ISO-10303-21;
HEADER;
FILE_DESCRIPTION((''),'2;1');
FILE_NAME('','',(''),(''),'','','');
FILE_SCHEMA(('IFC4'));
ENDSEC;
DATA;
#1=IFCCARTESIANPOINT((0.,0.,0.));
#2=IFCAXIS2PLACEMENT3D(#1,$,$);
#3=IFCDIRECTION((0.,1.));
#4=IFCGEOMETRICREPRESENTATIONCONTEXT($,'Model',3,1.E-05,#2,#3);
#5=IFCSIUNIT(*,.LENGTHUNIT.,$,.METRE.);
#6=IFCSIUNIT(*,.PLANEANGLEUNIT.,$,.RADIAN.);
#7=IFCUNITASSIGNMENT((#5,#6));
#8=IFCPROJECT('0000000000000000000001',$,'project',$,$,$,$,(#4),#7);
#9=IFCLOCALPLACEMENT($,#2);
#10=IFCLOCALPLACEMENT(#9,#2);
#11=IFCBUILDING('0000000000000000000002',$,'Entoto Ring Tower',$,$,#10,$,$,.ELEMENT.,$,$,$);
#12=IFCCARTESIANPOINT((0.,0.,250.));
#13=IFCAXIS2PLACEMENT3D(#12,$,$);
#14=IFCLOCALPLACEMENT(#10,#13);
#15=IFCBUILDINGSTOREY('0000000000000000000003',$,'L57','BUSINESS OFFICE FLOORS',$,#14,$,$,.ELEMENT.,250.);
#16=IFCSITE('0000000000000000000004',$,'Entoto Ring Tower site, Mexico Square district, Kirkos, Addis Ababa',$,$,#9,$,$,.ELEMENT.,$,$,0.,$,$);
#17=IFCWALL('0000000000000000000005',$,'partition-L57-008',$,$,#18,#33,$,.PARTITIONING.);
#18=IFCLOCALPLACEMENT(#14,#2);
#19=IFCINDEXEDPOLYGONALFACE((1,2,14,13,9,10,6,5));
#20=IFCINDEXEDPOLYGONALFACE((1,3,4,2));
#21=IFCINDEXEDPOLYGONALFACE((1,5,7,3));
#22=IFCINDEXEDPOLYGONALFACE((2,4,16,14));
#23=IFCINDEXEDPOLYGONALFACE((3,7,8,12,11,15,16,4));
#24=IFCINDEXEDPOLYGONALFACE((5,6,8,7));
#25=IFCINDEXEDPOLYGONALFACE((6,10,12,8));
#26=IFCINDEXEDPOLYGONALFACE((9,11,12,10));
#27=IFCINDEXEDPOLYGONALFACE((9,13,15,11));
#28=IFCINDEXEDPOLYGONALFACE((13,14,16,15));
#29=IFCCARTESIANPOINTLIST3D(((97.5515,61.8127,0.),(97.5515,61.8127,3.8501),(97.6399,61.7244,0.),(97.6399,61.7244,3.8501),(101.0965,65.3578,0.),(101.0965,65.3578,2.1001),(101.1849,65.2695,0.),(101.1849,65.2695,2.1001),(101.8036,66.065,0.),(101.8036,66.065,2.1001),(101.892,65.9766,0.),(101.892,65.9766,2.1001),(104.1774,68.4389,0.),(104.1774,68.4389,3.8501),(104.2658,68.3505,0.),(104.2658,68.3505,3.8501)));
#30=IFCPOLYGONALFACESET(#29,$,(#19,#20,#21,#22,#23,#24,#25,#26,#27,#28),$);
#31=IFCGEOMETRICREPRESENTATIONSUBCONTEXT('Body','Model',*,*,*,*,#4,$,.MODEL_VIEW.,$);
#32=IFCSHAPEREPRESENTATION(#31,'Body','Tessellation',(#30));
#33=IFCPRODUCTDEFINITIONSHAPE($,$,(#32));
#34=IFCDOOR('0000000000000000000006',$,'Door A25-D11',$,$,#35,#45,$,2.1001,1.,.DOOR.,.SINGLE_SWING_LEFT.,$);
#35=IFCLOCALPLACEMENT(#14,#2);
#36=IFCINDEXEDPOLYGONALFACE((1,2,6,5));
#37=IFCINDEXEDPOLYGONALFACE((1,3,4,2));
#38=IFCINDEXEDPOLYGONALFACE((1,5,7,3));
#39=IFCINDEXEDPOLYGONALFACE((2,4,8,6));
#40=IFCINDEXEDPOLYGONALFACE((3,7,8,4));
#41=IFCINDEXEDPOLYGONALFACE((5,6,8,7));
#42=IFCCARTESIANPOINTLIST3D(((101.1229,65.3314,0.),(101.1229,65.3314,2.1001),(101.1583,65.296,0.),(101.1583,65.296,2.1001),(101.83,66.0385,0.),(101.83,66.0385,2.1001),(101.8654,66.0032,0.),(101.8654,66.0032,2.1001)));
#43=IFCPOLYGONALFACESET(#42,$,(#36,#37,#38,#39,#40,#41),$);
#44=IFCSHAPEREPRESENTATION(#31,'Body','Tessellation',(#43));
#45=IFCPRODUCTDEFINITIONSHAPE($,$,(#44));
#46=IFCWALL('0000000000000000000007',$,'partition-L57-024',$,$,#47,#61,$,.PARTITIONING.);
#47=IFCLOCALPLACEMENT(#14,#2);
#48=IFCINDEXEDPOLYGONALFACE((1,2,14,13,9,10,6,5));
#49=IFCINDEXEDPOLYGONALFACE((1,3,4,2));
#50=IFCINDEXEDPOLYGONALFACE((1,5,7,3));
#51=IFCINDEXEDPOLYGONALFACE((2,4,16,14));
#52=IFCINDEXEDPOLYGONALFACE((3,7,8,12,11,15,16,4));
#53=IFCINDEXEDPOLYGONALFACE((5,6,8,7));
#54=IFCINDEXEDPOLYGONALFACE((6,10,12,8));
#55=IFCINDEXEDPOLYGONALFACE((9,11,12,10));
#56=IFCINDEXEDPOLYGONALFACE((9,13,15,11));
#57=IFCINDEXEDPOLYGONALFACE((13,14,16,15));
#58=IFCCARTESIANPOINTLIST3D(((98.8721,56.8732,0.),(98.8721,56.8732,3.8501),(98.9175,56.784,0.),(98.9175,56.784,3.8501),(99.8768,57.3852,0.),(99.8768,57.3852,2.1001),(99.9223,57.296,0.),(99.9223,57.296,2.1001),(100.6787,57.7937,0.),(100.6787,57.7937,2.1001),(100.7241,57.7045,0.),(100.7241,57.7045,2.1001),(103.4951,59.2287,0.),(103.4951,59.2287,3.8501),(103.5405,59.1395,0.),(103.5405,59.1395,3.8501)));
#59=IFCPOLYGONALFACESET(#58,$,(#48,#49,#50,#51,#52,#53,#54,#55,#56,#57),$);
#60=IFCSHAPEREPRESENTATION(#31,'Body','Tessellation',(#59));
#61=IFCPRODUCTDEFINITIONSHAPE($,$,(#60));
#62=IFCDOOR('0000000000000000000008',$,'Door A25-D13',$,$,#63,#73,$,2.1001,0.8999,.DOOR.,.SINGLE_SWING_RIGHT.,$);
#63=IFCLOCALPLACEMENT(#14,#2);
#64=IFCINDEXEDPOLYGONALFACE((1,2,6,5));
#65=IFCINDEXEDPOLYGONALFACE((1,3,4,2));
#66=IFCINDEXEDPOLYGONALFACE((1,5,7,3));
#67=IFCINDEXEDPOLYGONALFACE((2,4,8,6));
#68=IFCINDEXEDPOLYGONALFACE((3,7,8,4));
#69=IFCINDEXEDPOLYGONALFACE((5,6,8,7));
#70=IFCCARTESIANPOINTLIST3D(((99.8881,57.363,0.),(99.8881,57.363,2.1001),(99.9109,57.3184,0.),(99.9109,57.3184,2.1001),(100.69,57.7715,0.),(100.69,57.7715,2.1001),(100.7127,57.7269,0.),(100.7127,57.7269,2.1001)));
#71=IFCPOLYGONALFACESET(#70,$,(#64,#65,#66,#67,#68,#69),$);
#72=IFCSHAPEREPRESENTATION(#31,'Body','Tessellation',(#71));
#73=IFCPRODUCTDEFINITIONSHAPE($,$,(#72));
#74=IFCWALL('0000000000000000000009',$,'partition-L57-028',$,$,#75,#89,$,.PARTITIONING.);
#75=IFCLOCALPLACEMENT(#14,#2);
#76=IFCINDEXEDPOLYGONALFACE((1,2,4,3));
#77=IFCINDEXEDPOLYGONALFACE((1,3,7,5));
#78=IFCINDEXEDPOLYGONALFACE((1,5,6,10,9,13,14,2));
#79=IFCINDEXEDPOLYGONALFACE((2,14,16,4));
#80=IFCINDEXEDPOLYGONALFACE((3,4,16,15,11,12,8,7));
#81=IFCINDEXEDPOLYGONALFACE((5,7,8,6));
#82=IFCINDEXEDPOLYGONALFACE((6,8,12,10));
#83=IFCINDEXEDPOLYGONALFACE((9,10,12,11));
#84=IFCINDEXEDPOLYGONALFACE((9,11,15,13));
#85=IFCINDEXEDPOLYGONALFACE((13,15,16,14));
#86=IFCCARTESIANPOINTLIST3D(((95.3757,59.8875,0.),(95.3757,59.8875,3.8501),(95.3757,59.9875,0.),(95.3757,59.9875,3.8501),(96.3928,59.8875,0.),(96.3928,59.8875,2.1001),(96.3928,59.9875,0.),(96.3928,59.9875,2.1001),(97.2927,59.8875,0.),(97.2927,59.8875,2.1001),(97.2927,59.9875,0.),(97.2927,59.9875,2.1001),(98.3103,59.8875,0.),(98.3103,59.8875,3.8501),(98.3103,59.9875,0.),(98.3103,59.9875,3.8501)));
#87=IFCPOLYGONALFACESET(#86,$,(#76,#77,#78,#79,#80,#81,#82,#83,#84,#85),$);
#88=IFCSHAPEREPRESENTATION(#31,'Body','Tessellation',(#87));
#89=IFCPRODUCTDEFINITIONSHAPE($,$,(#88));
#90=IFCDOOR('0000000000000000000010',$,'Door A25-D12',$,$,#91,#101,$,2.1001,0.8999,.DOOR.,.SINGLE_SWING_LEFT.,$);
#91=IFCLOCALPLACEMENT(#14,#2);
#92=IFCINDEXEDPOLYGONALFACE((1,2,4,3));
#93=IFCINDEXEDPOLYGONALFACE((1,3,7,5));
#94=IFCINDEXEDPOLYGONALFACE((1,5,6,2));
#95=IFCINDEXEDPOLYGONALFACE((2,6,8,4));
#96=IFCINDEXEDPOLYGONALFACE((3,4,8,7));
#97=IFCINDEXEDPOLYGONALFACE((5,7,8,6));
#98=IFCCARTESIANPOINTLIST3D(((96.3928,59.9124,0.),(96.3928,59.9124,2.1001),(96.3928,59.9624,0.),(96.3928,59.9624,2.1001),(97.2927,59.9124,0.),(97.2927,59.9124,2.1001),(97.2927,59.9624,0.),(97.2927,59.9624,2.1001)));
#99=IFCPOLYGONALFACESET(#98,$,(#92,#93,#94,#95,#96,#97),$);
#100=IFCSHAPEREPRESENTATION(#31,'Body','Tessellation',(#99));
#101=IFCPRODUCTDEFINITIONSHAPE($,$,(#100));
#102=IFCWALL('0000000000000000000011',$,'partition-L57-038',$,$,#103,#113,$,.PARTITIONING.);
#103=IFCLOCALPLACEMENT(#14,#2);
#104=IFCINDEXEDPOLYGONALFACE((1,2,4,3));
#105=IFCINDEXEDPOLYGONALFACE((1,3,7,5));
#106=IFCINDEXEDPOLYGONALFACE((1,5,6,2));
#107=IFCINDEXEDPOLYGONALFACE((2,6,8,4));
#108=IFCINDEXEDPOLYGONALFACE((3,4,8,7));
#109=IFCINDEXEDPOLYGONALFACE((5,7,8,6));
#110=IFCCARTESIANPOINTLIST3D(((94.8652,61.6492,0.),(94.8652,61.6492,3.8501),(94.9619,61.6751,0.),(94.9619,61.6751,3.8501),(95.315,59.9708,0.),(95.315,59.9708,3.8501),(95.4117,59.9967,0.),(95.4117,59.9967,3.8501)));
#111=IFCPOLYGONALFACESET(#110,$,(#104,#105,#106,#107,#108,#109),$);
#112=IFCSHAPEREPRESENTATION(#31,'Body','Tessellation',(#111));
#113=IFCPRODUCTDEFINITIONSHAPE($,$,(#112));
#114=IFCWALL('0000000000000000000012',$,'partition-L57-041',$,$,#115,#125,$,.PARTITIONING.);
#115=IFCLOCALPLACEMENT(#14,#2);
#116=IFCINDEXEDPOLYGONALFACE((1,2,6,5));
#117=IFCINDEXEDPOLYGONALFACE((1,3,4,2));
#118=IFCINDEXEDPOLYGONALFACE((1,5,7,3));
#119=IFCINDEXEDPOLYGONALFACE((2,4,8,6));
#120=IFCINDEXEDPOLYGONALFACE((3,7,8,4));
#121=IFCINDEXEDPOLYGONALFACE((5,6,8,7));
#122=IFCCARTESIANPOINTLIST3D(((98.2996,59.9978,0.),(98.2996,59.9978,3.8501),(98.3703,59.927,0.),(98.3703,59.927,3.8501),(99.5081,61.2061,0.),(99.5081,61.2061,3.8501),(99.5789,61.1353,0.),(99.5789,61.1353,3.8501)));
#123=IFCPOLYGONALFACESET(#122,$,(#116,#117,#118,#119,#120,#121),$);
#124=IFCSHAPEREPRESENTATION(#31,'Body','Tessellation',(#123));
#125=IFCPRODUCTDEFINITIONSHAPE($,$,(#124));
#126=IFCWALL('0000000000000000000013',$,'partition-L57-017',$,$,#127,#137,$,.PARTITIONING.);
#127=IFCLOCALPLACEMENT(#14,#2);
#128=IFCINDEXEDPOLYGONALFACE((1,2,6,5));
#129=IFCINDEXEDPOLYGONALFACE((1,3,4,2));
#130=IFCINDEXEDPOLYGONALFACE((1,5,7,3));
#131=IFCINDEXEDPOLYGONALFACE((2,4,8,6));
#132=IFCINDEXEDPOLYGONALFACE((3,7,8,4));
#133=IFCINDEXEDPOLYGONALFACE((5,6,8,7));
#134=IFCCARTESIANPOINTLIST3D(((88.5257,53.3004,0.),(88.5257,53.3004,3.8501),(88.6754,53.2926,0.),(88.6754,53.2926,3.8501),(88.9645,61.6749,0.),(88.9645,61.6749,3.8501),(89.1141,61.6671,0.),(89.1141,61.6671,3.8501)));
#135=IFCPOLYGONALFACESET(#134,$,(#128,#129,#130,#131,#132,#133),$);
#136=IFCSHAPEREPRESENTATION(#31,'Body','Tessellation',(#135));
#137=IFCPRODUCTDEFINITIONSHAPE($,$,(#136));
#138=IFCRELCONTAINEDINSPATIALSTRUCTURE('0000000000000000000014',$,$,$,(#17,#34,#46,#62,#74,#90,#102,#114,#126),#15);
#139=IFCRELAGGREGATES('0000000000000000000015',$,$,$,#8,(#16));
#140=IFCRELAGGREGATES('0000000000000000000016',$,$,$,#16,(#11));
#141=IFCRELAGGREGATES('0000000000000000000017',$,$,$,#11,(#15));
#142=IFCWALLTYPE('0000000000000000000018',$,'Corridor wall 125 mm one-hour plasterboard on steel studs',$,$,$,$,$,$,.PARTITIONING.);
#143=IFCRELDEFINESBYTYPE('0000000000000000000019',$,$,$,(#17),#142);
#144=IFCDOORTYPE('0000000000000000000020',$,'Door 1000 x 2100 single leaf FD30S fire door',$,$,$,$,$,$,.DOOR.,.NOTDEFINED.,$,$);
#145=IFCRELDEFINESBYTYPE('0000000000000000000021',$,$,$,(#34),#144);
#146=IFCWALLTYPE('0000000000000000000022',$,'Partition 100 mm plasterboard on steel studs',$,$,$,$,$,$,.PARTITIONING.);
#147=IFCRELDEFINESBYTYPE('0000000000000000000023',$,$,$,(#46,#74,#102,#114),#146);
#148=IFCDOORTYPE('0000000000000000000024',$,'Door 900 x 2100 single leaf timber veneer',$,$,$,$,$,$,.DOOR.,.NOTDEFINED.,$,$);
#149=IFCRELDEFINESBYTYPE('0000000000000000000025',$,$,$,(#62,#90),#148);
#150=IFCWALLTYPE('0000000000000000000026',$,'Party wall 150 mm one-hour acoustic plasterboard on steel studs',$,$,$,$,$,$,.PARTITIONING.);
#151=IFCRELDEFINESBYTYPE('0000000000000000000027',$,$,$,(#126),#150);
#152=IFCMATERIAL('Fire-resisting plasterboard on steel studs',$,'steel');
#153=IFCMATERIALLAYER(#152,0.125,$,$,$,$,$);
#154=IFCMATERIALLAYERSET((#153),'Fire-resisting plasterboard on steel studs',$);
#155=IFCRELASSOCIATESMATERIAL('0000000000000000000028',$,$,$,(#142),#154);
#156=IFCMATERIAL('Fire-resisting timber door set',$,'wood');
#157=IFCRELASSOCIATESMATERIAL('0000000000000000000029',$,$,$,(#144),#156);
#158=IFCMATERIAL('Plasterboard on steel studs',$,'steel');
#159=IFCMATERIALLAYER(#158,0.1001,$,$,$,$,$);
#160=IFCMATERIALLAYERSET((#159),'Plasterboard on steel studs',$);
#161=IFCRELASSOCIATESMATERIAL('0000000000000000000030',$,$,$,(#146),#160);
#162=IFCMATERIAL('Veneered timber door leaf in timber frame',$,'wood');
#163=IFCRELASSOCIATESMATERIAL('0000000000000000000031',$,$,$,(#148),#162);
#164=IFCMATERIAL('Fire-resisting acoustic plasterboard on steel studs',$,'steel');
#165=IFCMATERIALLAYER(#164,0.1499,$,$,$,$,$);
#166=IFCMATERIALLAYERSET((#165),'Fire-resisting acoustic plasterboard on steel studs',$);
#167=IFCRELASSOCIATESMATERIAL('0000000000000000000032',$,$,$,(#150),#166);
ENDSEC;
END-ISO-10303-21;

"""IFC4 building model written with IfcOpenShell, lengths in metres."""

from ifc_helpers import new_model, si_unit, direction, frame, frame_2d, origin, place, context, subcontext, project, spatial, rectangle, extrude, material, layer, layer_set, type_object, element, fill, save


model = new_model("IFC4")

# Units and contexts
model_context = context("Model", 3, precision=1e-05, world=origin(), true_north=direction((0.0, 1.0)))
body_context = subcontext(model_context, "Body", "Model", "MODEL_VIEW")
ifc_project = project(units=[si_unit("LENGTHUNIT", "METRE"), si_unit("PLANEANGLEUNIT", "RADIAN")], contexts=[model_context])

# Site, building, storey
site_placement = place(None, origin())
site = spatial("IfcSite", under=ifc_project, at=site_placement, Name="Entoto Ring Tower site, Mexico Square district, Kirkos, Addis Ababa", CompositionType="ELEMENT", RefElevation=0.0)
building_placement = place(site_placement, origin())
building = spatial("IfcBuilding", under=site, at=building_placement, Name="Entoto Ring Tower", CompositionType="ELEMENT")
storey_placement = place(building_placement, frame((0.0, 0.0, 250.0)))
storey = spatial("IfcBuildingStorey", under=building, at=storey_placement, Name="L57", Description="BUSINESS OFFICE FLOORS", CompositionType="ELEMENT", Elevation=250.0)

# Walls, openings, doors
ifc_material_1 = material(Name="Fire-resisting plasterboard on steel studs", Category="steel")
ifc_layer_1 = layer(ifc_material_1, 0.125)
ifc_layer_set_1 = layer_set([ifc_layer_1], Name="Fire-resisting plasterboard on steel studs")
wall_type_1 = type_object("IfcWallType", Name="Corridor wall 125 mm one-hour plasterboard on steel studs", PredefinedType="PARTITIONING", material=ifc_layer_set_1)
wall_1_placement = place(storey_placement, frame((97.5957, 61.7686, 0.0), z_axis=(0.0, 0.0, 1.0), x_axis=(0.707094, 0.70712, 0.0)))
wall_1 = element("IfcWall", 1, at=wall_1_placement, inside=storey, type_object=wall_type_1, Name="partition-L57-008", PredefinedType="PARTITIONING", context=body_context, shape_type="SweptSolid", body=[
    extrude(rectangle(XDim=9.3706, YDim=0.125, at=frame_2d((4.6853, 0.0))), origin(), (0.0, 0.0, 1.0), 3.8501),
])
opening_1_placement = place(wall_1_placement, frame((5.0134, 0.0, 0.0)))
opening_1 = element("IfcOpeningElement", 2, at=opening_1_placement, cuts=wall_1, PredefinedType="OPENING", context=body_context, shape_type="SweptSolid", body=[
    extrude(rectangle(XDim=1.0, YDim=2.1001, at=frame_2d((0.5, 1.05))), frame((0.0, 0.0725, 0.0), z_axis=(0.0, -1.0, 0.0), x_axis=(1.0, 0.0, 0.0)), (0.0, 0.0, 1.0), 0.145),
])
ifc_material_2 = material(Name="Fire-resisting timber door set", Category="wood")
door_type_1 = type_object("IfcDoorType", Name="Door 1000 x 2100 single leaf FD30S fire door", OperationType="NOTDEFINED", PredefinedType="DOOR", material=ifc_material_2)
door_1_placement = place(opening_1_placement, frame((1.0, 0.0, 0.0), z_axis=(0.0, 0.0, 1.0), x_axis=(-1.0, 0.0, 0.0)))
door_1 = element("IfcDoor", 3, at=door_1_placement, inside=storey, type_object=door_type_1, Name="Door A25-D11", OperationType="SINGLE_SWING_LEFT", OverallHeight=2.1001, OverallWidth=1.0, PredefinedType="DOOR", context=body_context, shape_type="SweptSolid", body=[
    extrude(rectangle(XDim=1.0, YDim=2.1001, at=frame_2d((0.5, 1.05))), frame((0.0, 0.0249, 0.0), z_axis=(0.0, -1.0, 0.0), x_axis=(1.0, 0.0, 0.0)), (0.0, 0.0, 1.0), 0.05),
])
fill(opening_1, door_1)
ifc_material_3 = material(Name="Plasterboard on steel studs", Category="steel")
ifc_layer_2 = layer(ifc_material_3, 0.1001)
ifc_layer_set_2 = layer_set([ifc_layer_2], Name="Plasterboard on steel studs")
wall_type_2 = type_object("IfcWallType", Name="Partition 100 mm plasterboard on steel studs", PredefinedType="PARTITIONING", material=ifc_layer_set_2)
wall_2_placement = place(storey_placement, frame((98.8948, 56.8286, 0.0), z_axis=(0.0, 0.0, 1.0), x_axis=(0.891014, 0.453977, 0.0)))
wall_2 = element("IfcWall", 4, at=wall_2_placement, inside=storey, type_object=wall_type_2, Name="partition-L57-024", PredefinedType="PARTITIONING", context=body_context, shape_type="SweptSolid", body=[
    extrude(rectangle(XDim=5.1885, YDim=0.1001, at=frame_2d((2.5942, 0.0))), origin(), (0.0, 0.0, 1.0), 3.8501),
])
opening_2_placement = place(wall_2_placement, frame((1.1277, 0.0, 0.0)))
opening_2 = element("IfcOpeningElement", 5, at=opening_2_placement, cuts=wall_2, PredefinedType="OPENING", context=body_context, shape_type="SweptSolid", body=[
    extrude(rectangle(XDim=0.8999, YDim=2.1001, at=frame_2d((0.45, 1.05))), frame((0.0, 0.0601, 0.0), z_axis=(0.0, -1.0, 0.0), x_axis=(1.0, 0.0, 0.0)), (0.0, 0.0, 1.0), 0.1201),
])
ifc_material_4 = material(Name="Veneered timber door leaf in timber frame", Category="wood")
door_type_2 = type_object("IfcDoorType", Name="Door 900 x 2100 single leaf timber veneer", OperationType="NOTDEFINED", PredefinedType="DOOR", material=ifc_material_4)
door_2_placement = place(opening_2_placement, frame((0.8999, 0.0, 0.0), z_axis=(0.0, 0.0, 1.0), x_axis=(-1.0, 0.0, 0.0)))
door_2 = element("IfcDoor", 6, at=door_2_placement, inside=storey, type_object=door_type_2, Name="Door A25-D13", OperationType="SINGLE_SWING_RIGHT", OverallHeight=2.1001, OverallWidth=0.8999, PredefinedType="DOOR", context=body_context, shape_type="SweptSolid", body=[
    extrude(rectangle(XDim=0.8999, YDim=2.1001, at=frame_2d((0.45, 1.05))), frame((0.0, 0.0249, 0.0), z_axis=(0.0, -1.0, 0.0), x_axis=(1.0, 0.0, 0.0)), (0.0, 0.0, 1.0), 0.05),
])
fill(opening_2, door_2)
wall_3_placement = place(storey_placement, frame((95.3757, 59.9375, 0.0), z_axis=(0.0, 0.0, 1.0), x_axis=(1.0, 0.0, 0.0)))
wall_3 = element("IfcWall", 7, at=wall_3_placement, inside=storey, type_object=wall_type_2, Name="partition-L57-028", PredefinedType="PARTITIONING", context=body_context, shape_type="SweptSolid", body=[
    extrude(rectangle(XDim=2.9346, YDim=0.1001, at=frame_2d((1.4673, 0.0))), origin(), (0.0, 0.0, 1.0), 3.8501),
])
opening_3_placement = place(wall_3_placement, frame((1.0171, 0.0, 0.0)))
opening_3 = element("IfcOpeningElement", 8, at=opening_3_placement, cuts=wall_3, PredefinedType="OPENING", context=body_context, shape_type="SweptSolid", body=[
    extrude(rectangle(XDim=0.8999, YDim=2.1001, at=frame_2d((0.45, 1.05))), frame((0.0, 0.0601, 0.0), z_axis=(0.0, -1.0, 0.0), x_axis=(1.0, 0.0, 0.0)), (0.0, 0.0, 1.0), 0.1201),
])
door_3_placement = place(opening_3_placement, origin())
door_3 = element("IfcDoor", 9, at=door_3_placement, inside=storey, type_object=door_type_2, Name="Door A25-D12", OperationType="SINGLE_SWING_LEFT", OverallHeight=2.1001, OverallWidth=0.8999, PredefinedType="DOOR", context=body_context, shape_type="SweptSolid", body=[
    extrude(rectangle(XDim=0.8999, YDim=2.1001, at=frame_2d((0.45, 1.05))), frame((0.0, 0.0249, 0.0), z_axis=(0.0, -1.0, 0.0), x_axis=(1.0, 0.0, 0.0)), (0.0, 0.0, 1.0), 0.05),
])
fill(opening_3, door_3)

# Walls
wall_4_placement = place(storey_placement, frame((95.3633, 59.9839, 0.0), z_axis=(0.0, 0.0, 1.0), x_axis=(-0.258834, 0.965922, 0.0)))
element("IfcWall", 10, at=wall_4_placement, inside=storey, type_object=wall_type_2, Name="partition-L57-038", PredefinedType="PARTITIONING", context=body_context, shape_type="SweptSolid", body=[
    extrude(rectangle(XDim=1.7375, YDim=0.1001, at=frame_2d((0.8687, 0.0))), origin(), (0.0, 0.0, 1.0), 3.8501),
])
wall_5_placement = place(storey_placement, frame((98.335, 59.9624, 0.0), z_axis=(0.0, 0.0, 1.0), x_axis=(0.707178, 0.707035, 0.0)))
element("IfcWall", 11, at=wall_5_placement, inside=storey, type_object=wall_type_2, Name="partition-L57-041", PredefinedType="PARTITIONING", context=body_context, shape_type="SweptSolid", body=[
    extrude(rectangle(XDim=1.709, YDim=0.1001, at=frame_2d((0.8545, 0.0))), origin(), (0.0, 0.0, 1.0), 3.8501),
])
ifc_material_5 = material(Name="Fire-resisting acoustic plasterboard on steel studs", Category="steel")
ifc_layer_3 = layer(ifc_material_5, 0.1499)
ifc_layer_set_3 = layer_set([ifc_layer_3], Name="Fire-resisting acoustic plasterboard on steel studs")
wall_type_3 = type_object("IfcWallType", Name="Party wall 150 mm one-hour acoustic plasterboard on steel studs", PredefinedType="PARTITIONING", material=ifc_layer_set_3)
wall_6_placement = place(storey_placement, frame((88.6006, 53.2966, 0.0), z_axis=(0.0, 0.0, 1.0), x_axis=(0.052316, 0.998631, 0.0)))
element("IfcWall", 12, at=wall_6_placement, inside=storey, type_object=wall_type_3, Name="partition-L57-017", PredefinedType="PARTITIONING", context=body_context, shape_type="SweptSolid", body=[
    extrude(rectangle(XDim=8.386, YDim=0.1499, at=frame_2d((4.1929, 0.0))), origin(), (0.0, 0.0, 1.0), 3.8501),
])

save(model, "model.ifc")
